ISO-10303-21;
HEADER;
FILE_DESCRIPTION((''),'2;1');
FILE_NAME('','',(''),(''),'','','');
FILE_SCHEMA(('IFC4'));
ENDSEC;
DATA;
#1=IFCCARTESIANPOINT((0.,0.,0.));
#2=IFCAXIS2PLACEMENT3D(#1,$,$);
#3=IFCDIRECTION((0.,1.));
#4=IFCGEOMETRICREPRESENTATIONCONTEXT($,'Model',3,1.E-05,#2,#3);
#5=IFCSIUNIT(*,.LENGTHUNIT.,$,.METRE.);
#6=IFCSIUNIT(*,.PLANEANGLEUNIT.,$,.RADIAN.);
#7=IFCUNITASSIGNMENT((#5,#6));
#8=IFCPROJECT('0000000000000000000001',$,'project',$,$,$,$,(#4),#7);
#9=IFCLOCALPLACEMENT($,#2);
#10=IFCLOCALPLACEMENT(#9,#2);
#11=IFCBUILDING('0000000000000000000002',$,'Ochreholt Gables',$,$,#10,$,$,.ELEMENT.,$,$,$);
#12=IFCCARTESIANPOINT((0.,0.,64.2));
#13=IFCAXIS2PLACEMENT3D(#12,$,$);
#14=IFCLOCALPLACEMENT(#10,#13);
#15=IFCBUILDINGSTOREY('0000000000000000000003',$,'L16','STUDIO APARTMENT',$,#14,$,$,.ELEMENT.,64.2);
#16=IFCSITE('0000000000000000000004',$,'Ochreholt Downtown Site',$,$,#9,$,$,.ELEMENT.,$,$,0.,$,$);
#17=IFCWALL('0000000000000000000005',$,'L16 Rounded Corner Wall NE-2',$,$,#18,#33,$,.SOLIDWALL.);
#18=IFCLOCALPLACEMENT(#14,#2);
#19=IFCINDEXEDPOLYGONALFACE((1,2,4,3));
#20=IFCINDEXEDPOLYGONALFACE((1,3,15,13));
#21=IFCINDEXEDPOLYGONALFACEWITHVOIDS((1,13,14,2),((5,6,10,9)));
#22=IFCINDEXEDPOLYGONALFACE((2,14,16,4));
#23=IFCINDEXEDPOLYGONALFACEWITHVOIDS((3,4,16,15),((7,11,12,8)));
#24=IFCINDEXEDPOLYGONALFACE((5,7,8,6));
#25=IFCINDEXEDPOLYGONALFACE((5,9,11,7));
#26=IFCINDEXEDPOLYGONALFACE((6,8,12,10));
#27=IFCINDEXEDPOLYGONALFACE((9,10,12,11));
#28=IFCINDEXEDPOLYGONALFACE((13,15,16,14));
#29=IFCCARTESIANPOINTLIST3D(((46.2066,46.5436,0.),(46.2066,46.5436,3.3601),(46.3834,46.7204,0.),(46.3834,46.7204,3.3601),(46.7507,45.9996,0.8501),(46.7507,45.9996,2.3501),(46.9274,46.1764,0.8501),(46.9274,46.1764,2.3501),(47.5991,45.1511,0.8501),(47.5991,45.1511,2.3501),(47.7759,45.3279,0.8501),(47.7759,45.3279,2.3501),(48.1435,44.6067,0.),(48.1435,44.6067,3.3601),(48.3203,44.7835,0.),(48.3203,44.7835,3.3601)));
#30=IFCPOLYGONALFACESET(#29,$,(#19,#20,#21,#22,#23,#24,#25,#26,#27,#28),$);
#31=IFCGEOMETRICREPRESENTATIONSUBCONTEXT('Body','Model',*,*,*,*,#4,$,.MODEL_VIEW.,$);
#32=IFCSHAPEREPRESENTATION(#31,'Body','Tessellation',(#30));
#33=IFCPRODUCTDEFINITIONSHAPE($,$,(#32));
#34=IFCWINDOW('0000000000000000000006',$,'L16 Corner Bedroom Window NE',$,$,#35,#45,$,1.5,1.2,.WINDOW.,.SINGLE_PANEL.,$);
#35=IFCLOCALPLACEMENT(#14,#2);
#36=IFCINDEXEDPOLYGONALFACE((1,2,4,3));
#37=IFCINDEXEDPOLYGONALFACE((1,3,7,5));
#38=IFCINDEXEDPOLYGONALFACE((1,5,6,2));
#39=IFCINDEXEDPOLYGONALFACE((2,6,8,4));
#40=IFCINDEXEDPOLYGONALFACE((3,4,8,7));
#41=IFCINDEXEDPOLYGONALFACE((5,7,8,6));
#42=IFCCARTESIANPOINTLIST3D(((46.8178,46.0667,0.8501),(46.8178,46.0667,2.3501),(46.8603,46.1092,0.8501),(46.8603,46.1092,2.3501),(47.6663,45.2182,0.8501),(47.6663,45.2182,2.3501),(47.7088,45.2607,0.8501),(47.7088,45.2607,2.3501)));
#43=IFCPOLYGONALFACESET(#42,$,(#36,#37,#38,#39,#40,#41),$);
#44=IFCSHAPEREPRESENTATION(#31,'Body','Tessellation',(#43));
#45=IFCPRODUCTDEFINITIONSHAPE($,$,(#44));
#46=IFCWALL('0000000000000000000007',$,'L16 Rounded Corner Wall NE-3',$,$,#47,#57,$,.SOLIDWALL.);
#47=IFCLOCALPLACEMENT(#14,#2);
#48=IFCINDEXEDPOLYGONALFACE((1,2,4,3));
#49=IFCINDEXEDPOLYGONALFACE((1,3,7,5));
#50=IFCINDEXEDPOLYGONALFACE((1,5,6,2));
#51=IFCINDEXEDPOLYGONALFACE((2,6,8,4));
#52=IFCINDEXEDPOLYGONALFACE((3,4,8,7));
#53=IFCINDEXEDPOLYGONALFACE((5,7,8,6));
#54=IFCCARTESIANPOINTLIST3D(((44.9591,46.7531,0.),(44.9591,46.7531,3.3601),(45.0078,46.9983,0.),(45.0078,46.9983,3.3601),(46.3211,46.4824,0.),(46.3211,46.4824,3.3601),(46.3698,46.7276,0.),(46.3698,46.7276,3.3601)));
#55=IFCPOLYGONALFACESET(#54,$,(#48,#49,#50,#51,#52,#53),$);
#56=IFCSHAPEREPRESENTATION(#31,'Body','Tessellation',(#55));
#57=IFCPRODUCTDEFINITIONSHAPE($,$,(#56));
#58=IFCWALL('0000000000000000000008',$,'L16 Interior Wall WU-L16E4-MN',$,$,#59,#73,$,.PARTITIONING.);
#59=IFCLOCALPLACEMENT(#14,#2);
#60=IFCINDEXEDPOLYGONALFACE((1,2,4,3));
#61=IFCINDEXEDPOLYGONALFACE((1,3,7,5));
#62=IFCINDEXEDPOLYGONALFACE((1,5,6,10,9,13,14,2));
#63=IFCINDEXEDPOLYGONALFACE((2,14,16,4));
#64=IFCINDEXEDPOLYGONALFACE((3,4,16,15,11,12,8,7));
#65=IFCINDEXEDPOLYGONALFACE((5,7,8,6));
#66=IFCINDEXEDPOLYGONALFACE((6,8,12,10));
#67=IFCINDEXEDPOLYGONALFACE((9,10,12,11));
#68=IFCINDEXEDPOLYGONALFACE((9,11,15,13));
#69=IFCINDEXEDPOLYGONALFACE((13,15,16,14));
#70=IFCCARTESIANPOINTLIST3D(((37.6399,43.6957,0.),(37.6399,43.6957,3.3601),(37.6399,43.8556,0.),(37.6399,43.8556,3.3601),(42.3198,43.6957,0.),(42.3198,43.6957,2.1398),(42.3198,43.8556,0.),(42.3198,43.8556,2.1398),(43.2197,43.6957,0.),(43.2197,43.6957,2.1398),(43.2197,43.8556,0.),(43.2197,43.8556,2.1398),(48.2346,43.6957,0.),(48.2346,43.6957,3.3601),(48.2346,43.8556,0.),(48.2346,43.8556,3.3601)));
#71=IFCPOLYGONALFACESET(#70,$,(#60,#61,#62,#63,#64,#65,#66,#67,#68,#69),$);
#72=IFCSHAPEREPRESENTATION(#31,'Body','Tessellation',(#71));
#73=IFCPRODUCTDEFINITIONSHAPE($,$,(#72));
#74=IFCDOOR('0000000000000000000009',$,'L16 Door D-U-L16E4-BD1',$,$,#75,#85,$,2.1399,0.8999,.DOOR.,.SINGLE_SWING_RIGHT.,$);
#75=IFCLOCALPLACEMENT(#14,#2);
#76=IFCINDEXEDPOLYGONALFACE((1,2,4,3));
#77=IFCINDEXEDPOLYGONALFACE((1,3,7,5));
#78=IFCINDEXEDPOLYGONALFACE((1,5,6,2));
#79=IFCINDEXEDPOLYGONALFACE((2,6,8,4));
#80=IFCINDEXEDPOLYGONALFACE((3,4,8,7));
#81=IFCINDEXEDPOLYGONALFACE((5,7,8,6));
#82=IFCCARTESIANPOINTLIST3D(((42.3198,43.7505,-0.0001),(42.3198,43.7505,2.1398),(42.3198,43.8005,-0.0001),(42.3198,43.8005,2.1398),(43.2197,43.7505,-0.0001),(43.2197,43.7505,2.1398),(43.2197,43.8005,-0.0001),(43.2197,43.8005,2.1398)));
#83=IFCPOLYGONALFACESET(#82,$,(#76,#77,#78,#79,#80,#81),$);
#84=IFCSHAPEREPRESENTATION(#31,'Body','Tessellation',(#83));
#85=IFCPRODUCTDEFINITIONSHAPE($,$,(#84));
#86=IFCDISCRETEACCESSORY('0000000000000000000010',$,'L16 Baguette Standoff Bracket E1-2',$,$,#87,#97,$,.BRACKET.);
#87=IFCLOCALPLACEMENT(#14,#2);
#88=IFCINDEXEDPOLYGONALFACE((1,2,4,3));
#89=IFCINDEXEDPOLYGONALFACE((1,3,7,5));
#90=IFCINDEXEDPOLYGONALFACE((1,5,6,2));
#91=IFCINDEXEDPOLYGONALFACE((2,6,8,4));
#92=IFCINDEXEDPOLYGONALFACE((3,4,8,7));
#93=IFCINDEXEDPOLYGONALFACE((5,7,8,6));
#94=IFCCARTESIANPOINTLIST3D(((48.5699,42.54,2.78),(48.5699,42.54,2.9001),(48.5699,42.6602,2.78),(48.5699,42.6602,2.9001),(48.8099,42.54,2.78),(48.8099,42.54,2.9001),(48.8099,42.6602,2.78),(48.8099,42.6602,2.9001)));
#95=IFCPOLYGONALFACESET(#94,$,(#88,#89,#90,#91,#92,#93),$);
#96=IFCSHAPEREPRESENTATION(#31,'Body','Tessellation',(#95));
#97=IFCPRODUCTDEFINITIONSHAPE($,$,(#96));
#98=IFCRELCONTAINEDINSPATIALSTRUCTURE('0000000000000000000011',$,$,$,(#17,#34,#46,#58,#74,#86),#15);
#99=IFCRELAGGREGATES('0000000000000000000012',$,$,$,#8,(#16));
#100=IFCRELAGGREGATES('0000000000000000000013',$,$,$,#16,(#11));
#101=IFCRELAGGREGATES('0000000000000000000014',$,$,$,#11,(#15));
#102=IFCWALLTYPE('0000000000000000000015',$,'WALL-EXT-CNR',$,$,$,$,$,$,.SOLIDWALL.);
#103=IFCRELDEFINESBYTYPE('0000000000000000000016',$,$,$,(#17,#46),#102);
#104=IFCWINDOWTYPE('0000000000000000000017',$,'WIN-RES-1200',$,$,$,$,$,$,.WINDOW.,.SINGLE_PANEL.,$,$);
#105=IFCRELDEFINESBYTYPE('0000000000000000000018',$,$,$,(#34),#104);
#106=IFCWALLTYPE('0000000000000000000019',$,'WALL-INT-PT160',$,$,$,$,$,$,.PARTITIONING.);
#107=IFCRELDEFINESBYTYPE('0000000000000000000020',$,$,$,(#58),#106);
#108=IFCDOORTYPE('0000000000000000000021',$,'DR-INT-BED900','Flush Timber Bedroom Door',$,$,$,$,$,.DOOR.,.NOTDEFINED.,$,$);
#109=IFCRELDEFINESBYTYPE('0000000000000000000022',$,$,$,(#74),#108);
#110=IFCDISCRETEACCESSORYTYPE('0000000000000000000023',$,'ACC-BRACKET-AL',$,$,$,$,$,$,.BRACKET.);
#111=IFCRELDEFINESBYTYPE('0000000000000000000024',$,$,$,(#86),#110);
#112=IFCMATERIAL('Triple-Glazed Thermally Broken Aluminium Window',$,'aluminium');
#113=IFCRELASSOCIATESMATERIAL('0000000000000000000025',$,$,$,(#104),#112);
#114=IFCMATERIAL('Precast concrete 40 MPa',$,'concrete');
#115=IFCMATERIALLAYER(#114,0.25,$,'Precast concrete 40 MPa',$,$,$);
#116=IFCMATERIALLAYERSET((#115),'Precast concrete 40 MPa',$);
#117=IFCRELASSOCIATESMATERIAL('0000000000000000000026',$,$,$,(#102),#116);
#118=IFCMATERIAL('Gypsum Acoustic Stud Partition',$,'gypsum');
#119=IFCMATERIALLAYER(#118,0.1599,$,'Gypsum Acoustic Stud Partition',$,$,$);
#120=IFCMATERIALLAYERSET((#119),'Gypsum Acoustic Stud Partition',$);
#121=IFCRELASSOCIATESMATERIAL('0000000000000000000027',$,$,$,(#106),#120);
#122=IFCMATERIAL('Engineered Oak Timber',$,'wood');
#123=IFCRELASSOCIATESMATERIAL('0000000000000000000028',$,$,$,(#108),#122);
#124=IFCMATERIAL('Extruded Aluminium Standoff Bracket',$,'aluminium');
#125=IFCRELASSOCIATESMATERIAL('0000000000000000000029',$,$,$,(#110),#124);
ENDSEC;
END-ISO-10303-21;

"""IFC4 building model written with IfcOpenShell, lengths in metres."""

from ifc_helpers import new_model, si_unit, direction, frame, frame_2d, origin, origin_2d, place, context, subcontext, project, spatial, rectangle, extrude, material, layer, layer_set, type_object, element, fill, save


model = new_model("IFC4")

# Units and contexts
model_context = context("Model", 3, precision=1e-05, world=origin(), true_north=direction((0.0, 1.0)))
body_context = subcontext(model_context, "Body", "Model", "MODEL_VIEW")
ifc_project = project(units=[si_unit("LENGTHUNIT", "METRE"), si_unit("PLANEANGLEUNIT", "RADIAN")], contexts=[model_context])

# Site, building, storey
site_placement = place(None, origin())
site = spatial("IfcSite", under=ifc_project, at=site_placement, Name="Ochreholt Downtown Site", CompositionType="ELEMENT", RefElevation=0.0)
building_placement = place(site_placement, origin())
building = spatial("IfcBuilding", under=site, at=building_placement, Name="Ochreholt Gables", CompositionType="ELEMENT")
storey_placement = place(building_placement, frame((0.0, 0.0, 64.2)))
storey = spatial("IfcBuildingStorey", under=building, at=storey_placement, Name="L16", Description="STUDIO APARTMENT", CompositionType="ELEMENT", Elevation=64.2)

# Shared definitions
ifc_material_1 = material(Name="Precast concrete 40 MPa", Category="concrete")
ifc_material_2 = material(Name="Triple-Glazed Thermally Broken Aluminium Window", Category="aluminium")
window_type_1 = type_object("IfcWindowType", Name="WIN-RES-1200", PartitioningType="SINGLE_PANEL", PredefinedType="WINDOW", material=ifc_material_2)

# Shared definitions
ifc_layer_1 = layer(ifc_material_1, 0.25, Name="Precast concrete 40 MPa")
ifc_layer_set_1 = layer_set([ifc_layer_1], Name="Precast concrete 40 MPa")
wall_type_1 = type_object("IfcWallType", Name="WALL-EXT-CNR", PredefinedType="SOLIDWALL", material=ifc_layer_set_1)

# Wall, opening, window
wall_1_placement = place(storey_placement, frame((48.2319, 44.6951, 0.0), z_axis=(0.0, 0.0, 1.0), x_axis=(-0.707107, 0.707107, 0.0)))
wall_1 = element("IfcWall", 1, at=wall_1_placement, inside=storey, type_object=wall_type_1, Name="L16 Rounded Corner Wall NE-2", PredefinedType="SOLIDWALL", context=body_context, shape_type="SweptSolid", body=[
    extrude(rectangle(XDim=2.7393, YDim=0.25, at=frame_2d((1.3696, 0.0))), origin(), (0.0, 0.0, 1.0), 3.3601),
])
opening_1_placement = place(wall_1_placement, frame((0.7698, 0.0, 0.8501)))
opening_1 = element("IfcOpeningElement", 2, at=opening_1_placement, cuts=wall_1, PredefinedType="OPENING", context=body_context, shape_type="SweptSolid", body=[
    extrude(rectangle(XDim=1.2, YDim=1.5, at=frame_2d((0.6001, 0.75))), frame((0.0, 0.135, 0.0), z_axis=(0.0, -1.0, 0.0), x_axis=(1.0, 0.0, 0.0)), (0.0, 0.0, 1.0), 0.27),
])
window_1_placement = place(opening_1_placement, origin())
window_1 = element("IfcWindow", 3, at=window_1_placement, inside=storey, type_object=window_type_1, Name="L16 Corner Bedroom Window NE", OverallHeight=1.5, OverallWidth=1.2, PartitioningType="SINGLE_PANEL", PredefinedType="WINDOW", context=body_context, shape_type="SweptSolid", body=[
    extrude(rectangle(XDim=1.2, YDim=1.5, at=frame_2d((0.6001, 0.75))), frame((0.0, 0.03, 0.0), z_axis=(0.0, -1.0, 0.0), x_axis=(1.0, 0.0, 0.0)), (0.0, 0.0, 1.0), 0.0601),
])
fill(opening_1, window_1)

# Wall
wall_2_placement = place(storey_placement, frame((46.3455, 46.605, 0.0), z_axis=(0.0, 0.0, 1.0), x_axis=(-0.98081, 0.194967, 0.0)))
element("IfcWall", 4, at=wall_2_placement, inside=storey, type_object=wall_type_1, Name="L16 Rounded Corner Wall NE-3", PredefinedType="SOLIDWALL", context=body_context, shape_type="SweptSolid", body=[
    extrude(rectangle(XDim=1.3887, YDim=0.25, at=frame_2d((0.6943, 0.0))), origin(), (0.0, 0.0, 1.0), 3.3601),
])

# Wall, opening, door
ifc_material_3 = material(Name="Gypsum Acoustic Stud Partition", Category="gypsum")
ifc_layer_2 = layer(ifc_material_3, 0.1599, Name="Gypsum Acoustic Stud Partition")
ifc_layer_set_2 = layer_set([ifc_layer_2], Name="Gypsum Acoustic Stud Partition")
wall_type_2 = type_object("IfcWallType", Name="WALL-INT-PT160", PredefinedType="PARTITIONING", material=ifc_layer_set_2)
wall_3_placement = place(storey_placement, frame((37.6399, 43.7756, 0.0), z_axis=(0.0, 0.0, 1.0), x_axis=(1.0, 0.0, 0.0)))
wall_3 = element("IfcWall", 5, at=wall_3_placement, inside=storey, type_object=wall_type_2, Name="L16 Interior Wall WU-L16E4-MN", PredefinedType="PARTITIONING", context=body_context, shape_type="SweptSolid", body=[
    extrude(rectangle(XDim=10.5947, YDim=0.1599, at=frame_2d((5.2974, 0.0))), origin(), (0.0, 0.0, 1.0), 3.3601),
])
opening_2_placement = place(wall_3_placement, frame((4.6799, 0.0, 0.0)))
opening_2 = element("IfcOpeningElement", 6, at=opening_2_placement, cuts=wall_3, PredefinedType="OPENING", context=body_context, shape_type="SweptSolid", body=[
    extrude(rectangle(XDim=0.8999, YDim=2.1399, at=frame_2d((0.45, 1.0698))), frame((0.0, 0.0898, 0.0), z_axis=(0.0, -1.0, 0.0), x_axis=(1.0, 0.0, 0.0)), (0.0, 0.0, 1.0), 0.1799),
])
ifc_material_4 = material(Name="Engineered Oak Timber", Category="wood")
door_type = type_object("IfcDoorType", Name="DR-INT-BED900", Description="Flush Timber Bedroom Door", OperationType="NOTDEFINED", PredefinedType="DOOR", material=ifc_material_4)
door_placement = place(opening_2_placement, origin())
door = element("IfcDoor", 7, at=door_placement, inside=storey, type_object=door_type, Name="L16 Door D-U-L16E4-BD1", OperationType="SINGLE_SWING_RIGHT", OverallHeight=2.1399, OverallWidth=0.8999, PredefinedType="DOOR", context=body_context, shape_type="SweptSolid", body=[
    extrude(rectangle(XDim=0.8999, YDim=2.1399, at=frame_2d((0.45, 1.0698))), frame((0.0, 0.0249, 0.0), z_axis=(0.0, -1.0, 0.0), x_axis=(1.0, 0.0, 0.0)), (0.0, 0.0, 1.0), 0.05),
])
fill(opening_2, door)

# Discrete accessory
ifc_material_5 = material(Name="Extruded Aluminium Standoff Bracket", Category="aluminium")
discrete_accessory_type = type_object("IfcDiscreteAccessoryType", Name="ACC-BRACKET-AL", PredefinedType="BRACKET", material=ifc_material_5)
discrete_accessory_placement = place(storey_placement, frame((48.6899, 42.6001, 2.78), z_axis=(0.0, 0.0, 1.0), x_axis=(0.0, 1.0, 0.0)))
element("IfcDiscreteAccessory", 8, at=discrete_accessory_placement, inside=storey, type_object=discrete_accessory_type, Name="L16 Baguette Standoff Bracket E1-2", PredefinedType="BRACKET", context=body_context, shape_type="SweptSolid", body=[
    extrude(rectangle(XDim=0.1201, YDim=0.24, at=origin_2d()), origin(), (0.0, 0.0, 1.0), 0.1201),
])

save(model, "model.ifc")
